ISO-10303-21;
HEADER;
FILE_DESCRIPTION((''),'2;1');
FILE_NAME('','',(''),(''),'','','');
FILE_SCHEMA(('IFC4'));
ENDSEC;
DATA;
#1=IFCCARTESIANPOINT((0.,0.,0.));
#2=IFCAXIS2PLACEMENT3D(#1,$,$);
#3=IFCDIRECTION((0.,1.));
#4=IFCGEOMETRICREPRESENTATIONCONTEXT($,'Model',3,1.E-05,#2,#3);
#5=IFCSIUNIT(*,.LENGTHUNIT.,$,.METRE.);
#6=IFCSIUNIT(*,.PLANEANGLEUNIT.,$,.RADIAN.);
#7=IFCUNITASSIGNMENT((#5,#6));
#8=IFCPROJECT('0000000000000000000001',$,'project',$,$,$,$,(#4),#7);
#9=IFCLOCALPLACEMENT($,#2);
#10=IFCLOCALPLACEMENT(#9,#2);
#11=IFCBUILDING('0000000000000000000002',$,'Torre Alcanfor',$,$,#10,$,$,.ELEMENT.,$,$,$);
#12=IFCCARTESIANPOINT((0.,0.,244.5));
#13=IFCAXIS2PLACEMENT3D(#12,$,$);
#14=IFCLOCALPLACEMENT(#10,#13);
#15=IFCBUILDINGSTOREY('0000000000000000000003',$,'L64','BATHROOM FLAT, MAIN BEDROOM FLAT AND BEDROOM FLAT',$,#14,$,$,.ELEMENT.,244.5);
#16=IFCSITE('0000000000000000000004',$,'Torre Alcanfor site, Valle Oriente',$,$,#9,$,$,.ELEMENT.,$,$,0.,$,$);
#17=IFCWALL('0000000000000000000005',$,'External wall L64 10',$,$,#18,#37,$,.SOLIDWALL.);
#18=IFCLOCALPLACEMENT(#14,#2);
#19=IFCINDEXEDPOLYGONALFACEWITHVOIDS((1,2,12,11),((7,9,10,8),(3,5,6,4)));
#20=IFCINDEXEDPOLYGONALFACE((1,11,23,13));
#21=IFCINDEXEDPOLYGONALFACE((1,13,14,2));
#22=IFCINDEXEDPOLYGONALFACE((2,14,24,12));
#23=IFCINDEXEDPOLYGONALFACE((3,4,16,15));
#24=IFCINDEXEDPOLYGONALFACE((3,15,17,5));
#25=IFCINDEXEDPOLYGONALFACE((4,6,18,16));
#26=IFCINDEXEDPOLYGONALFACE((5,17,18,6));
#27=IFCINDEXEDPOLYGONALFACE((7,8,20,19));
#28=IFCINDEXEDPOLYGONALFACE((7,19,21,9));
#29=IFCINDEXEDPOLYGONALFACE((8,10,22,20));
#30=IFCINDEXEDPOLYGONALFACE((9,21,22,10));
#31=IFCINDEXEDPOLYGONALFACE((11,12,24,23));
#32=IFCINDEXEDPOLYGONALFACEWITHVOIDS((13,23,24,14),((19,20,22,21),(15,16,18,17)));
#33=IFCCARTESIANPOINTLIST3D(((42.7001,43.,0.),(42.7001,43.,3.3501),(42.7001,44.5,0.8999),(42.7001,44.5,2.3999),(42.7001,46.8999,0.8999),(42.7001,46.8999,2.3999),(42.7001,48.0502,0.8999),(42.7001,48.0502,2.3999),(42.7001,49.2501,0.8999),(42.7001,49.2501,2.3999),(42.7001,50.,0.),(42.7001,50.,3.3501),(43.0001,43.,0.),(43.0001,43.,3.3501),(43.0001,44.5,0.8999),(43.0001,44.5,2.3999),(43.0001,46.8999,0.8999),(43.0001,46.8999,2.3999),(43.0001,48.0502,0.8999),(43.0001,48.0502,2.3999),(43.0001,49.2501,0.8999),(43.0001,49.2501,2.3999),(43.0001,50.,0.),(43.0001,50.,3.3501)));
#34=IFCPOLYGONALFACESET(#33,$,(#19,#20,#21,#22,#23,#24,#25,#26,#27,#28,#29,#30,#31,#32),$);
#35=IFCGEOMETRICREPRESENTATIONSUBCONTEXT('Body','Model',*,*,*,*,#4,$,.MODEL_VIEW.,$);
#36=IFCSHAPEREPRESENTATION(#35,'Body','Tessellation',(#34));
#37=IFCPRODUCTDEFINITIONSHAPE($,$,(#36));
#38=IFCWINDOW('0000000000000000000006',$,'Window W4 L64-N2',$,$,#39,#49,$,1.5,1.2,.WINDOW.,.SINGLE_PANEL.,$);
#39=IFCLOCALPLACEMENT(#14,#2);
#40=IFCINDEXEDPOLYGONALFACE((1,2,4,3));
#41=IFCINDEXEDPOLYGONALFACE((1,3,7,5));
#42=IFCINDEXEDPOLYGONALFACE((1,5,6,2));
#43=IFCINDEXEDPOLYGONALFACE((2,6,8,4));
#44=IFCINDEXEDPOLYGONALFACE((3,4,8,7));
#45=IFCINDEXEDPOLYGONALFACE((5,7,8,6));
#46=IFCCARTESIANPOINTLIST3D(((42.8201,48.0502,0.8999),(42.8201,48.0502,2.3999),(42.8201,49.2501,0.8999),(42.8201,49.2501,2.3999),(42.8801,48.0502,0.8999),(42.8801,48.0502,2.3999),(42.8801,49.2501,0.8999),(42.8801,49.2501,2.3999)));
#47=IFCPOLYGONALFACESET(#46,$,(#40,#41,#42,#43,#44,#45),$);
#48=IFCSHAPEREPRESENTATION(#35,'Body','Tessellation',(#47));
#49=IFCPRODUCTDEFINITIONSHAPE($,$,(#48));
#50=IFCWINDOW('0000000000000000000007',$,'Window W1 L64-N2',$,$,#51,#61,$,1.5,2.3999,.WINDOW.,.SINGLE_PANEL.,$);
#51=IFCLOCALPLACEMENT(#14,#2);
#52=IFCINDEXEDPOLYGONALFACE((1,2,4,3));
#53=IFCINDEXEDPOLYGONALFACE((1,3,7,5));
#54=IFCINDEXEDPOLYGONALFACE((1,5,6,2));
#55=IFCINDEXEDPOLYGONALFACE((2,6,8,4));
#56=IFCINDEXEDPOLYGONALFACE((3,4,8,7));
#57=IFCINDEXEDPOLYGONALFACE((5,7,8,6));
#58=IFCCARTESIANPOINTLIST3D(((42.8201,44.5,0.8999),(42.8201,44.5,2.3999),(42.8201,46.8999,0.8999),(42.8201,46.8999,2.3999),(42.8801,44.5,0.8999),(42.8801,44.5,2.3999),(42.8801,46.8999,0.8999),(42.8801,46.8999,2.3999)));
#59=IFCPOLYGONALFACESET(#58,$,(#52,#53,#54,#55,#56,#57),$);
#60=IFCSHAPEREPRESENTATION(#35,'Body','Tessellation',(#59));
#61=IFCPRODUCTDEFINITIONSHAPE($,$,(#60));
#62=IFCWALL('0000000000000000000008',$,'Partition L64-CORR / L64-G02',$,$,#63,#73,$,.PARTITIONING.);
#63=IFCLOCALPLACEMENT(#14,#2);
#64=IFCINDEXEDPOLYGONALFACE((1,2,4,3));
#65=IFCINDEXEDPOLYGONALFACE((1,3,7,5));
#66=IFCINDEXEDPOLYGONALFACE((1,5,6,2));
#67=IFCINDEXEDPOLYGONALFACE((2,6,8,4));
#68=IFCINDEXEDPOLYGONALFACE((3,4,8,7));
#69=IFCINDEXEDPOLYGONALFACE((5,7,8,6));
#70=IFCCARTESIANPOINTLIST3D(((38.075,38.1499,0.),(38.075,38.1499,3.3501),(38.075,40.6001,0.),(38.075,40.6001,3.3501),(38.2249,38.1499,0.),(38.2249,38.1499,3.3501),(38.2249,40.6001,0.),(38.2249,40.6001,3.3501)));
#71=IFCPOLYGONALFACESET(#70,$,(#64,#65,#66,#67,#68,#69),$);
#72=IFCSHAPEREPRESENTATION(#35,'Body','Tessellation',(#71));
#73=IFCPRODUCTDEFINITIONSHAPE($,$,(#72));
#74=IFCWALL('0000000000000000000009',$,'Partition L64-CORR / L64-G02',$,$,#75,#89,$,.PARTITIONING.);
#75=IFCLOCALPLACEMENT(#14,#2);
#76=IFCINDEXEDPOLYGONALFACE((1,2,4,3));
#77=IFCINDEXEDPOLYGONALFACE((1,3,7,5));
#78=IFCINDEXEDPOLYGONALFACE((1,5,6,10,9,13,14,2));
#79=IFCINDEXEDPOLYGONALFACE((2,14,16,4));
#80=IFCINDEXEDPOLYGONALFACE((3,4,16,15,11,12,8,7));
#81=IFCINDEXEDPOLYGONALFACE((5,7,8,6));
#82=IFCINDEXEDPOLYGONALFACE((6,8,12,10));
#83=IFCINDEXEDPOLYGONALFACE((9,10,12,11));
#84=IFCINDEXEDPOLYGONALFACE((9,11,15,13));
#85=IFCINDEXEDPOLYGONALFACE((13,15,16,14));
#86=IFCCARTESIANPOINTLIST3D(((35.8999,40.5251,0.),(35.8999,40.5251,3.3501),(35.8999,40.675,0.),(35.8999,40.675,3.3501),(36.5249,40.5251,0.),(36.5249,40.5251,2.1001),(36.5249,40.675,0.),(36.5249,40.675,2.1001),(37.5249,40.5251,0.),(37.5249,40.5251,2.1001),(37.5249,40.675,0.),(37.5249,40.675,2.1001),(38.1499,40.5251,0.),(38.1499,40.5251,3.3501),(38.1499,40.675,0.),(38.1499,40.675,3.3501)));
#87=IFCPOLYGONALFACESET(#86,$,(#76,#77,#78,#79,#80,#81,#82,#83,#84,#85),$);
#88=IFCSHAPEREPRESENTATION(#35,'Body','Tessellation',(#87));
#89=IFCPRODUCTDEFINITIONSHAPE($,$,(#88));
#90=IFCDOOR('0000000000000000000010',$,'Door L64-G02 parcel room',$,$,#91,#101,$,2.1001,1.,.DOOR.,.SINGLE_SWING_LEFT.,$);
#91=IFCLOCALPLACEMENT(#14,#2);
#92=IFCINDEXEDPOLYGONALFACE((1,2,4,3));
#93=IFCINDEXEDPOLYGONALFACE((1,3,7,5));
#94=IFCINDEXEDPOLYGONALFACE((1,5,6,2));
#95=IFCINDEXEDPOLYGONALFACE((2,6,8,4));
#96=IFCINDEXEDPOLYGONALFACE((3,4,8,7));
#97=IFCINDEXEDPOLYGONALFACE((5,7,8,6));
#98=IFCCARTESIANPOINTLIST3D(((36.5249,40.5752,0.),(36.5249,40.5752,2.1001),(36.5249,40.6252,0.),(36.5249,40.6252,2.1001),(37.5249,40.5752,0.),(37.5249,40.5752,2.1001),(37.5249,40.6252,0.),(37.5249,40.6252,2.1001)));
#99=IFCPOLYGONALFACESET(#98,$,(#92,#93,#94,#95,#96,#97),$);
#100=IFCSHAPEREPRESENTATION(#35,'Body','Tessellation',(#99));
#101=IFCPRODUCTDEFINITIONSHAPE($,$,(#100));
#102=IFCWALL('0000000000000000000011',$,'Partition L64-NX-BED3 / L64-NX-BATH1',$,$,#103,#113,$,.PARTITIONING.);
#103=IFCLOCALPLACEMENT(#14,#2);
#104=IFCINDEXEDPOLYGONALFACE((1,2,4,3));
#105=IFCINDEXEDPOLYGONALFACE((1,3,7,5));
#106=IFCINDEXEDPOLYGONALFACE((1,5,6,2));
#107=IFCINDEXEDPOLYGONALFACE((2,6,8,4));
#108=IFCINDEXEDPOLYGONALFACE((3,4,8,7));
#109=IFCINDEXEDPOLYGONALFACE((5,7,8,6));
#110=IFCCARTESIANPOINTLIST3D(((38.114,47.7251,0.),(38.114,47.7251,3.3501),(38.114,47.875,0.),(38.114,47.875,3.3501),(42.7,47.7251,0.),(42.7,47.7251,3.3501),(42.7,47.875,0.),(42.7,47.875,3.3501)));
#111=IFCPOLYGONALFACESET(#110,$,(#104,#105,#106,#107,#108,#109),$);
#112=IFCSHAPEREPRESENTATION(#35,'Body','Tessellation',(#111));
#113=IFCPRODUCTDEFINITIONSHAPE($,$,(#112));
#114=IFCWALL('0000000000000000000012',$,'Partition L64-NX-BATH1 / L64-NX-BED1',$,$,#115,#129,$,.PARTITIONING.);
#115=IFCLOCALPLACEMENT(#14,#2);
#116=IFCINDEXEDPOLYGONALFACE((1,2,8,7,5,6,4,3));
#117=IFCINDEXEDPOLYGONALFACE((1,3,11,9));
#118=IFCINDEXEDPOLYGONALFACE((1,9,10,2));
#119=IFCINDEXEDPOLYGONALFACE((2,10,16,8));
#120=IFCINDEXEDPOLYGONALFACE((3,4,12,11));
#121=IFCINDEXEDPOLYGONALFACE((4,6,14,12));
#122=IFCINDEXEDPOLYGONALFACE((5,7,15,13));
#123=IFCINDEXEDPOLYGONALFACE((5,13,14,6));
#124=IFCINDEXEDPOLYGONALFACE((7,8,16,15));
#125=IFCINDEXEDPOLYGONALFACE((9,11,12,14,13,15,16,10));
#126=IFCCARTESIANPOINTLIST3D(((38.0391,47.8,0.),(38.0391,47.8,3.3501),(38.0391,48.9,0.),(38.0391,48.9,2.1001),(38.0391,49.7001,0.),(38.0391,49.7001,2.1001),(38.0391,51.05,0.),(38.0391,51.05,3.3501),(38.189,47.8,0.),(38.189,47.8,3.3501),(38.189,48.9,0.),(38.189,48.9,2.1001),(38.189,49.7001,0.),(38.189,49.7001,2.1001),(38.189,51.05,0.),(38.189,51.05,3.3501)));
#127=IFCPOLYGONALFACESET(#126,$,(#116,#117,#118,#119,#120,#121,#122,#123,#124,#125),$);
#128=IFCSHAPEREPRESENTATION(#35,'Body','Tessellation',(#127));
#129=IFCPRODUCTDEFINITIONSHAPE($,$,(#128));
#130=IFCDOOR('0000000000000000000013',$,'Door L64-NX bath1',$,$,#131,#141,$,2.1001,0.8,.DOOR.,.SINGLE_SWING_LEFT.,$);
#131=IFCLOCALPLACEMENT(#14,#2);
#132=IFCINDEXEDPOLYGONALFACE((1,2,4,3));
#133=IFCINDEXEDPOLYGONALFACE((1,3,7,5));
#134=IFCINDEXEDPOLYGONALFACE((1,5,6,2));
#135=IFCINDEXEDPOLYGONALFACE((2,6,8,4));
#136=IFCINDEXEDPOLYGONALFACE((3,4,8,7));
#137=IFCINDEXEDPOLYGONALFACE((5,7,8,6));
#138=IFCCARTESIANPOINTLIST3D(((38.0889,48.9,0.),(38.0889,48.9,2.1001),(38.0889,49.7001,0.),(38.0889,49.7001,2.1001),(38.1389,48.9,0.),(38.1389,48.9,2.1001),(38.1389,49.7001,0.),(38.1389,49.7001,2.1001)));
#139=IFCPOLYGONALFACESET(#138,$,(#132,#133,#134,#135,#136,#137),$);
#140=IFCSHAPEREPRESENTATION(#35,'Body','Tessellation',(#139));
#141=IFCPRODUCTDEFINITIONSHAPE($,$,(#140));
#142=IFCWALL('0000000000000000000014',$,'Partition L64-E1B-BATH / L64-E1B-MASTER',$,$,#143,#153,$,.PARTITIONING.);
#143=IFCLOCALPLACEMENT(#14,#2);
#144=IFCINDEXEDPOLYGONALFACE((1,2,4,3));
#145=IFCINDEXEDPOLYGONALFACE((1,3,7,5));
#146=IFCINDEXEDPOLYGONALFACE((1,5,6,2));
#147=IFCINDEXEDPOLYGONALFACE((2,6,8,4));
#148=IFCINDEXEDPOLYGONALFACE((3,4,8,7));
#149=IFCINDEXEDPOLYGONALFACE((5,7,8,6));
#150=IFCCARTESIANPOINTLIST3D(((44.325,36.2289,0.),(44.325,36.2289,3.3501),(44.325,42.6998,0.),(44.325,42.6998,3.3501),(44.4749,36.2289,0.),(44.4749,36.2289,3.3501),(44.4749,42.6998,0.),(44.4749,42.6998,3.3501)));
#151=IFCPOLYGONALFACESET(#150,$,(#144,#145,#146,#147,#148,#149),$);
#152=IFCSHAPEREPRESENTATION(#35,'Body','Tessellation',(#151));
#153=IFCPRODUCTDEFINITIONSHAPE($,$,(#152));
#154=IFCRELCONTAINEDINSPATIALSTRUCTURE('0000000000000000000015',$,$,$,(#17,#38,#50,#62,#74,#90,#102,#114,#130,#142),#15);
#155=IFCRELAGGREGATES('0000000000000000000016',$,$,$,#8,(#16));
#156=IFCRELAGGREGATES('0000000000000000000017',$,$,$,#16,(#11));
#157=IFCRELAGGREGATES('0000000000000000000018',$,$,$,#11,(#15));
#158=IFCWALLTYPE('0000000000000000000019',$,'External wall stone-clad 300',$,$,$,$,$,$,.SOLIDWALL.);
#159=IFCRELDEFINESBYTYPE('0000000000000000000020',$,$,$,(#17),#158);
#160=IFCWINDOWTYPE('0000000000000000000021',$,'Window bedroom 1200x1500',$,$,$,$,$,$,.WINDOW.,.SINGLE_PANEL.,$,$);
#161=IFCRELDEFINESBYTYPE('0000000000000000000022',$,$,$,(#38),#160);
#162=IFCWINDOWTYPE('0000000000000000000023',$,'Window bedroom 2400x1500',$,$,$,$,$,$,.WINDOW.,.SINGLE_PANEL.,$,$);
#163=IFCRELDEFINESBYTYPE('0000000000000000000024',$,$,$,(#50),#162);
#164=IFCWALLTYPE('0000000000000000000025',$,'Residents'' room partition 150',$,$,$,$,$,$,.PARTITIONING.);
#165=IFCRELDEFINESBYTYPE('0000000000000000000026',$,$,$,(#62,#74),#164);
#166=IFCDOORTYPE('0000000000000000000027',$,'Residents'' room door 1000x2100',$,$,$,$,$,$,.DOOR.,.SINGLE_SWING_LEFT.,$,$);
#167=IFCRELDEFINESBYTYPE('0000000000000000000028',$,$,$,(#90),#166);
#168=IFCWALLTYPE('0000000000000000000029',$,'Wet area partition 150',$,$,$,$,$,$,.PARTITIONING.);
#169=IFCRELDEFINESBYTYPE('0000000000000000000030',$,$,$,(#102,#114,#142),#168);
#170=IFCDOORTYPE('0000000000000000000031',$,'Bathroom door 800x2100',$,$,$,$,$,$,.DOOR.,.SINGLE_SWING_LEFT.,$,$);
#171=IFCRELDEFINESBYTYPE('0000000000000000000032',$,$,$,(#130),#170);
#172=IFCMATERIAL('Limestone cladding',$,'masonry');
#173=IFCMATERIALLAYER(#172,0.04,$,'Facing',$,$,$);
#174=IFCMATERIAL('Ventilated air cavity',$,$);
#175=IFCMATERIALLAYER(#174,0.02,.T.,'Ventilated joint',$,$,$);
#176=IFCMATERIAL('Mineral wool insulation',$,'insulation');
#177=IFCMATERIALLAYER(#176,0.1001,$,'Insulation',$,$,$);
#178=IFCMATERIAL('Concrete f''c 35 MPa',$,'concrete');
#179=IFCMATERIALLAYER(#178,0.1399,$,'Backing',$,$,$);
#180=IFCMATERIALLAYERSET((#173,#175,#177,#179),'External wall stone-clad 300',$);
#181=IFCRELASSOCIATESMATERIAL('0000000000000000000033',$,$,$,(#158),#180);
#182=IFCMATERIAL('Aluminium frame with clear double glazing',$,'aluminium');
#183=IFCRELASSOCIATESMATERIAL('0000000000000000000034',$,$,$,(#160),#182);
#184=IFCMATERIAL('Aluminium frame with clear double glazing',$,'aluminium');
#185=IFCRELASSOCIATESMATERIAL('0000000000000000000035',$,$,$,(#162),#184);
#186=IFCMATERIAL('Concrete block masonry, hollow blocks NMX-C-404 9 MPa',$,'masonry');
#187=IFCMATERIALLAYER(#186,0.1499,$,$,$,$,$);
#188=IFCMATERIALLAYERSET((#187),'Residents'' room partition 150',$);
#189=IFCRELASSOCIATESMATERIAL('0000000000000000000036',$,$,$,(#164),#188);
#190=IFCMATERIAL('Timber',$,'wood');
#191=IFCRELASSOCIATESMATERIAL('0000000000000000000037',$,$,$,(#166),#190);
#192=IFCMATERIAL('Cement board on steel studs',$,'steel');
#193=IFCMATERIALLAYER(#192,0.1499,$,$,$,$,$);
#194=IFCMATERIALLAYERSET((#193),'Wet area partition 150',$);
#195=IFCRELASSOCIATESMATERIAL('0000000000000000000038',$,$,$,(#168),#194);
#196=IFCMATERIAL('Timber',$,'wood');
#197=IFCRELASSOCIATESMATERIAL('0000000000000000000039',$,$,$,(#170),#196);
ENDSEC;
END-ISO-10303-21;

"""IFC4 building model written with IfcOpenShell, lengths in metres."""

from ifc_helpers import new_model, si_unit, direction, frame, frame_2d, origin, place, context, subcontext, project, spatial, rectangle, extrude, material, layer, layer_set, type_object, element, fill, save


model = new_model("IFC4")

# Units and contexts
model_context = context("Model", 3, precision=1e-05, world=origin(), true_north=direction((0.0, 1.0)))
body_context = subcontext(model_context, "Body", "Model", "MODEL_VIEW")
ifc_project = project(units=[si_unit("LENGTHUNIT", "METRE"), si_unit("PLANEANGLEUNIT", "RADIAN")], contexts=[model_context])

# Site, building, storey
site_placement = place(None, origin())
site = spatial("IfcSite", under=ifc_project, at=site_placement, Name="Torre Alcanfor site, Valle Oriente", CompositionType="ELEMENT", RefElevation=0.0)
building_placement = place(site_placement, origin())
building = spatial("IfcBuilding", under=site, at=building_placement, Name="Torre Alcanfor", CompositionType="ELEMENT")
storey_placement = place(building_placement, frame((0.0, 0.0, 244.5)))
storey = spatial("IfcBuildingStorey", under=building, at=storey_placement, Name="L64", Description="BATHROOM FLAT, MAIN BEDROOM FLAT AND BEDROOM FLAT", CompositionType="ELEMENT", Elevation=244.5)

# Wall, openings, windows
ifc_material_1 = material(Name="Limestone cladding", Category="masonry")
ifc_layer_1 = layer(ifc_material_1, 0.04, Name="Facing")
ifc_material_2 = material(Name="Ventilated air cavity")
ifc_layer_2 = layer(ifc_material_2, 0.02, ventilated=True, Name="Ventilated joint")
ifc_material_3 = material(Name="Mineral wool insulation", Category="insulation")
ifc_layer_3 = layer(ifc_material_3, 0.1001, Name="Insulation")
ifc_material_4 = material(Name="Concrete f'c 35 MPa", Category="concrete")
ifc_layer_4 = layer(ifc_material_4, 0.1399, Name="Backing")
ifc_layer_set_1 = layer_set([ifc_layer_1, ifc_layer_2, ifc_layer_3, ifc_layer_4], Name="External wall stone-clad 300")
wall_type_1 = type_object("IfcWallType", Name="External wall stone-clad 300", PredefinedType="SOLIDWALL", material=ifc_layer_set_1)
ifc_material_5 = material(Name="Aluminium frame with clear double glazing", Category="aluminium")
window_type_1 = type_object("IfcWindowType", Name="Window bedroom 1200x1500", PartitioningType="SINGLE_PANEL", PredefinedType="WINDOW", material=ifc_material_5)
ifc_material_6 = material(Name="Aluminium frame with clear double glazing", Category="aluminium")
window_type_2 = type_object("IfcWindowType", Name="Window bedroom 2400x1500", PartitioningType="SINGLE_PANEL", PredefinedType="WINDOW", material=ifc_material_6)
wall_1_placement = place(storey_placement, frame((42.8501, 43.0, 0.0), z_axis=(0.0, 0.0, 1.0), x_axis=(0.0, 1.0, 0.0)))
wall_1 = element("IfcWall", 1, at=wall_1_placement, inside=storey, type_object=wall_type_1, Name="External wall L64 10", PredefinedType="SOLIDWALL", context=body_context, shape_type="SweptSolid", body=[
    extrude(rectangle(XDim=7.0, YDim=0.3, at=frame_2d((3.5, 0.0))), origin(), (0.0, 0.0, 1.0), 3.3501),
])
opening_1_placement = place(wall_1_placement, frame((1.5, 0.0, 0.8999)))
opening_1 = element("IfcOpeningElement", 2, at=opening_1_placement, cuts=wall_1, PredefinedType="OPENING", context=body_context, shape_type="SweptSolid", body=[
    extrude(rectangle(XDim=2.3999, YDim=1.5, at=frame_2d((1.2, 0.75))), frame((0.0, 0.1599, 0.0), z_axis=(0.0, -1.0, 0.0), x_axis=(1.0, 0.0, 0.0)), (0.0, 0.0, 1.0), 0.3201),
])
opening_2_placement = place(wall_1_placement, frame((5.05, 0.0, 0.8999)))
opening_2 = element("IfcOpeningElement", 3, at=opening_2_placement, cuts=wall_1, PredefinedType="OPENING", context=body_context, shape_type="SweptSolid", body=[
    extrude(rectangle(XDim=1.2, YDim=1.5, at=frame_2d((0.6001, 0.75))), frame((0.0, 0.1599, 0.0), z_axis=(0.0, -1.0, 0.0), x_axis=(1.0, 0.0, 0.0)), (0.0, 0.0, 1.0), 0.3201),
])
window_1_placement = place(opening_2_placement, origin())
window_1 = element("IfcWindow", 4, at=window_1_placement, inside=storey, type_object=window_type_1, Name="Window W4 L64-N2", OverallHeight=1.5, OverallWidth=1.2, PartitioningType="SINGLE_PANEL", PredefinedType="WINDOW", context=body_context, shape_type="SweptSolid", body=[
    extrude(rectangle(XDim=1.2, YDim=1.5, at=frame_2d((0.6001, 0.75))), frame((0.0, 0.03, 0.0), z_axis=(0.0, -1.0, 0.0), x_axis=(1.0, 0.0, 0.0)), (0.0, 0.0, 1.0), 0.0601),
])
fill(opening_2, window_1)
window_2_placement = place(opening_1_placement, origin())
window_2 = element("IfcWindow", 5, at=window_2_placement, inside=storey, type_object=window_type_2, Name="Window W1 L64-N2", OverallHeight=1.5, OverallWidth=2.3999, PartitioningType="SINGLE_PANEL", PredefinedType="WINDOW", context=body_context, shape_type="SweptSolid", body=[
    extrude(rectangle(XDim=2.3999, YDim=1.5, at=frame_2d((1.2, 0.75))), frame((0.0, 0.03, 0.0), z_axis=(0.0, -1.0, 0.0), x_axis=(1.0, 0.0, 0.0)), (0.0, 0.0, 1.0), 0.0601),
])
fill(opening_1, window_2)

# Wall
ifc_material_7 = material(Name="Concrete block masonry, hollow blocks NMX-C-404 9 MPa", Category="masonry")
ifc_layer_5 = layer(ifc_material_7, 0.1499)
ifc_layer_set_2 = layer_set([ifc_layer_5], Name="Residents' room partition 150")
wall_type_2 = type_object("IfcWallType", Name="Residents' room partition 150", PredefinedType="PARTITIONING", material=ifc_layer_set_2)
wall_2_placement = place(storey_placement, frame((38.1499, 38.1499, 0.0), z_axis=(0.0, 0.0, 1.0), x_axis=(0.0, 1.0, 0.0)))
element("IfcWall", 6, at=wall_2_placement, inside=storey, type_object=wall_type_2, Name="Partition L64-CORR / L64-G02", PredefinedType="PARTITIONING", context=body_context, shape_type="SweptSolid", body=[
    extrude(rectangle(XDim=2.4502, YDim=0.1499, at=frame_2d((1.2251, 0.0))), origin(), (0.0, 0.0, 1.0), 3.3501),
])

# Wall, opening, door
wall_3_placement = place(storey_placement, frame((38.1499, 40.6001, 0.0), z_axis=(0.0, 0.0, 1.0), x_axis=(-1.0, 0.0, 0.0)))
wall_3 = element("IfcWall", 7, at=wall_3_placement, inside=storey, type_object=wall_type_2, Name="Partition L64-CORR / L64-G02", PredefinedType="PARTITIONING", context=body_context, shape_type="SweptSolid", body=[
    extrude(rectangle(XDim=2.25, YDim=0.1499, at=frame_2d((1.125, 0.0))), origin(), (0.0, 0.0, 1.0), 3.3501),
])
opening_3_placement = place(wall_3_placement, frame((0.625, 0.0, 0.0)))
opening_3 = element("IfcOpeningElement", 8, at=opening_3_placement, cuts=wall_3, PredefinedType="OPENING", context=body_context, shape_type="SweptSolid", body=[
    extrude(rectangle(XDim=1.0, YDim=2.1001, at=frame_2d((0.5, 1.05))), frame((0.0, 0.085, 0.0), z_axis=(0.0, -1.0, 0.0), x_axis=(1.0, 0.0, 0.0)), (0.0, 0.0, 1.0), 0.1699),
])
ifc_material_8 = material(Name="Timber", Category="wood")
door_type_1 = type_object("IfcDoorType", Name="Residents' room door 1000x2100", OperationType="SINGLE_SWING_LEFT", PredefinedType="DOOR", material=ifc_material_8)
door_1_placement = place(opening_3_placement, origin())
door_1 = element("IfcDoor", 9, at=door_1_placement, inside=storey, type_object=door_type_1, Name="Door L64-G02 parcel room", OperationType="SINGLE_SWING_LEFT", OverallHeight=2.1001, OverallWidth=1.0, PredefinedType="DOOR", context=body_context, shape_type="SweptSolid", body=[
    extrude(rectangle(XDim=1.0, YDim=2.1001, at=frame_2d((0.5, 1.05))), frame((0.0, 0.0249, 0.0), z_axis=(0.0, -1.0, 0.0), x_axis=(1.0, 0.0, 0.0)), (0.0, 0.0, 1.0), 0.05),
])
fill(opening_3, door_1)

# Wall
ifc_material_9 = material(Name="Cement board on steel studs", Category="steel")
ifc_layer_6 = layer(ifc_material_9, 0.1499)
ifc_layer_set_3 = layer_set([ifc_layer_6], Name="Wet area partition 150")
wall_type_3 = type_object("IfcWallType", Name="Wet area partition 150", PredefinedType="PARTITIONING", material=ifc_layer_set_3)
wall_4_placement = place(storey_placement, frame((42.7, 47.8, 0.0), z_axis=(0.0, 0.0, 1.0), x_axis=(-1.0, 0.0, 0.0)))
element("IfcWall", 10, at=wall_4_placement, inside=storey, type_object=wall_type_3, Name="Partition L64-NX-BED3 / L64-NX-BATH1", PredefinedType="PARTITIONING", context=body_context, shape_type="SweptSolid", body=[
    extrude(rectangle(XDim=4.5859, YDim=0.1499, at=frame_2d((2.293, 0.0))), origin(), (0.0, 0.0, 1.0), 3.3501),
])

# Wall, opening, door
wall_5_placement = place(storey_placement, frame((38.114, 51.05, 0.0), z_axis=(0.0, 0.0, 1.0), x_axis=(0.0, -1.0, 0.0)))
wall_5 = element("IfcWall", 11, at=wall_5_placement, inside=storey, type_object=wall_type_3, Name="Partition L64-NX-BATH1 / L64-NX-BED1", PredefinedType="PARTITIONING", context=body_context, shape_type="SweptSolid", body=[
    extrude(rectangle(XDim=3.25, YDim=0.1499, at=frame_2d((1.625, 0.0))), origin(), (0.0, 0.0, 1.0), 3.3501),
])
opening_4_placement = place(wall_5_placement, frame((1.3501, 0.0, 0.0)))
opening_4 = element("IfcOpeningElement", 12, at=opening_4_placement, cuts=wall_5, PredefinedType="OPENING", context=body_context, shape_type="SweptSolid", body=[
    extrude(rectangle(XDim=0.8, YDim=2.1001, at=frame_2d((0.3999, 1.05))), frame((0.0, 0.085, 0.0), z_axis=(0.0, -1.0, 0.0), x_axis=(1.0, 0.0, 0.0)), (0.0, 0.0, 1.0), 0.1699),
])
ifc_material_10 = material(Name="Timber", Category="wood")
door_type_2 = type_object("IfcDoorType", Name="Bathroom door 800x2100", OperationType="SINGLE_SWING_LEFT", PredefinedType="DOOR", material=ifc_material_10)
door_2_placement = place(opening_4_placement, frame((0.8, 0.0, 0.0), z_axis=(0.0, 0.0, 1.0), x_axis=(-1.0, 0.0, 0.0)))
door_2 = element("IfcDoor", 13, at=door_2_placement, inside=storey, type_object=door_type_2, Name="Door L64-NX bath1", OperationType="SINGLE_SWING_LEFT", OverallHeight=2.1001, OverallWidth=0.8, PredefinedType="DOOR", context=body_context, shape_type="SweptSolid", body=[
    extrude(rectangle(XDim=0.8, YDim=2.1001, at=frame_2d((0.4001, 1.05))), frame((0.0, 0.0251, 0.0), z_axis=(0.0, -1.0, 0.0), x_axis=(1.0, 0.0, 0.0)), (0.0, 0.0, 1.0), 0.05),
])
fill(opening_4, door_2)

# Wall
wall_6_placement = place(storey_placement, frame((44.3999, 36.229, 0.0), z_axis=(0.0, 0.0, 1.0), x_axis=(0.0, 1.0, 0.0)))
element("IfcWall", 14, at=wall_6_placement, inside=storey, type_object=wall_type_3, Name="Partition L64-E1B-BATH / L64-E1B-MASTER", PredefinedType="PARTITIONING", context=body_context, shape_type="SweptSolid", body=[
    extrude(rectangle(XDim=6.4709, YDim=0.1499, at=frame_2d((3.2354, 0.0))), origin(), (0.0, 0.0, 1.0), 3.3501),
])

save(model, "model.ifc")
